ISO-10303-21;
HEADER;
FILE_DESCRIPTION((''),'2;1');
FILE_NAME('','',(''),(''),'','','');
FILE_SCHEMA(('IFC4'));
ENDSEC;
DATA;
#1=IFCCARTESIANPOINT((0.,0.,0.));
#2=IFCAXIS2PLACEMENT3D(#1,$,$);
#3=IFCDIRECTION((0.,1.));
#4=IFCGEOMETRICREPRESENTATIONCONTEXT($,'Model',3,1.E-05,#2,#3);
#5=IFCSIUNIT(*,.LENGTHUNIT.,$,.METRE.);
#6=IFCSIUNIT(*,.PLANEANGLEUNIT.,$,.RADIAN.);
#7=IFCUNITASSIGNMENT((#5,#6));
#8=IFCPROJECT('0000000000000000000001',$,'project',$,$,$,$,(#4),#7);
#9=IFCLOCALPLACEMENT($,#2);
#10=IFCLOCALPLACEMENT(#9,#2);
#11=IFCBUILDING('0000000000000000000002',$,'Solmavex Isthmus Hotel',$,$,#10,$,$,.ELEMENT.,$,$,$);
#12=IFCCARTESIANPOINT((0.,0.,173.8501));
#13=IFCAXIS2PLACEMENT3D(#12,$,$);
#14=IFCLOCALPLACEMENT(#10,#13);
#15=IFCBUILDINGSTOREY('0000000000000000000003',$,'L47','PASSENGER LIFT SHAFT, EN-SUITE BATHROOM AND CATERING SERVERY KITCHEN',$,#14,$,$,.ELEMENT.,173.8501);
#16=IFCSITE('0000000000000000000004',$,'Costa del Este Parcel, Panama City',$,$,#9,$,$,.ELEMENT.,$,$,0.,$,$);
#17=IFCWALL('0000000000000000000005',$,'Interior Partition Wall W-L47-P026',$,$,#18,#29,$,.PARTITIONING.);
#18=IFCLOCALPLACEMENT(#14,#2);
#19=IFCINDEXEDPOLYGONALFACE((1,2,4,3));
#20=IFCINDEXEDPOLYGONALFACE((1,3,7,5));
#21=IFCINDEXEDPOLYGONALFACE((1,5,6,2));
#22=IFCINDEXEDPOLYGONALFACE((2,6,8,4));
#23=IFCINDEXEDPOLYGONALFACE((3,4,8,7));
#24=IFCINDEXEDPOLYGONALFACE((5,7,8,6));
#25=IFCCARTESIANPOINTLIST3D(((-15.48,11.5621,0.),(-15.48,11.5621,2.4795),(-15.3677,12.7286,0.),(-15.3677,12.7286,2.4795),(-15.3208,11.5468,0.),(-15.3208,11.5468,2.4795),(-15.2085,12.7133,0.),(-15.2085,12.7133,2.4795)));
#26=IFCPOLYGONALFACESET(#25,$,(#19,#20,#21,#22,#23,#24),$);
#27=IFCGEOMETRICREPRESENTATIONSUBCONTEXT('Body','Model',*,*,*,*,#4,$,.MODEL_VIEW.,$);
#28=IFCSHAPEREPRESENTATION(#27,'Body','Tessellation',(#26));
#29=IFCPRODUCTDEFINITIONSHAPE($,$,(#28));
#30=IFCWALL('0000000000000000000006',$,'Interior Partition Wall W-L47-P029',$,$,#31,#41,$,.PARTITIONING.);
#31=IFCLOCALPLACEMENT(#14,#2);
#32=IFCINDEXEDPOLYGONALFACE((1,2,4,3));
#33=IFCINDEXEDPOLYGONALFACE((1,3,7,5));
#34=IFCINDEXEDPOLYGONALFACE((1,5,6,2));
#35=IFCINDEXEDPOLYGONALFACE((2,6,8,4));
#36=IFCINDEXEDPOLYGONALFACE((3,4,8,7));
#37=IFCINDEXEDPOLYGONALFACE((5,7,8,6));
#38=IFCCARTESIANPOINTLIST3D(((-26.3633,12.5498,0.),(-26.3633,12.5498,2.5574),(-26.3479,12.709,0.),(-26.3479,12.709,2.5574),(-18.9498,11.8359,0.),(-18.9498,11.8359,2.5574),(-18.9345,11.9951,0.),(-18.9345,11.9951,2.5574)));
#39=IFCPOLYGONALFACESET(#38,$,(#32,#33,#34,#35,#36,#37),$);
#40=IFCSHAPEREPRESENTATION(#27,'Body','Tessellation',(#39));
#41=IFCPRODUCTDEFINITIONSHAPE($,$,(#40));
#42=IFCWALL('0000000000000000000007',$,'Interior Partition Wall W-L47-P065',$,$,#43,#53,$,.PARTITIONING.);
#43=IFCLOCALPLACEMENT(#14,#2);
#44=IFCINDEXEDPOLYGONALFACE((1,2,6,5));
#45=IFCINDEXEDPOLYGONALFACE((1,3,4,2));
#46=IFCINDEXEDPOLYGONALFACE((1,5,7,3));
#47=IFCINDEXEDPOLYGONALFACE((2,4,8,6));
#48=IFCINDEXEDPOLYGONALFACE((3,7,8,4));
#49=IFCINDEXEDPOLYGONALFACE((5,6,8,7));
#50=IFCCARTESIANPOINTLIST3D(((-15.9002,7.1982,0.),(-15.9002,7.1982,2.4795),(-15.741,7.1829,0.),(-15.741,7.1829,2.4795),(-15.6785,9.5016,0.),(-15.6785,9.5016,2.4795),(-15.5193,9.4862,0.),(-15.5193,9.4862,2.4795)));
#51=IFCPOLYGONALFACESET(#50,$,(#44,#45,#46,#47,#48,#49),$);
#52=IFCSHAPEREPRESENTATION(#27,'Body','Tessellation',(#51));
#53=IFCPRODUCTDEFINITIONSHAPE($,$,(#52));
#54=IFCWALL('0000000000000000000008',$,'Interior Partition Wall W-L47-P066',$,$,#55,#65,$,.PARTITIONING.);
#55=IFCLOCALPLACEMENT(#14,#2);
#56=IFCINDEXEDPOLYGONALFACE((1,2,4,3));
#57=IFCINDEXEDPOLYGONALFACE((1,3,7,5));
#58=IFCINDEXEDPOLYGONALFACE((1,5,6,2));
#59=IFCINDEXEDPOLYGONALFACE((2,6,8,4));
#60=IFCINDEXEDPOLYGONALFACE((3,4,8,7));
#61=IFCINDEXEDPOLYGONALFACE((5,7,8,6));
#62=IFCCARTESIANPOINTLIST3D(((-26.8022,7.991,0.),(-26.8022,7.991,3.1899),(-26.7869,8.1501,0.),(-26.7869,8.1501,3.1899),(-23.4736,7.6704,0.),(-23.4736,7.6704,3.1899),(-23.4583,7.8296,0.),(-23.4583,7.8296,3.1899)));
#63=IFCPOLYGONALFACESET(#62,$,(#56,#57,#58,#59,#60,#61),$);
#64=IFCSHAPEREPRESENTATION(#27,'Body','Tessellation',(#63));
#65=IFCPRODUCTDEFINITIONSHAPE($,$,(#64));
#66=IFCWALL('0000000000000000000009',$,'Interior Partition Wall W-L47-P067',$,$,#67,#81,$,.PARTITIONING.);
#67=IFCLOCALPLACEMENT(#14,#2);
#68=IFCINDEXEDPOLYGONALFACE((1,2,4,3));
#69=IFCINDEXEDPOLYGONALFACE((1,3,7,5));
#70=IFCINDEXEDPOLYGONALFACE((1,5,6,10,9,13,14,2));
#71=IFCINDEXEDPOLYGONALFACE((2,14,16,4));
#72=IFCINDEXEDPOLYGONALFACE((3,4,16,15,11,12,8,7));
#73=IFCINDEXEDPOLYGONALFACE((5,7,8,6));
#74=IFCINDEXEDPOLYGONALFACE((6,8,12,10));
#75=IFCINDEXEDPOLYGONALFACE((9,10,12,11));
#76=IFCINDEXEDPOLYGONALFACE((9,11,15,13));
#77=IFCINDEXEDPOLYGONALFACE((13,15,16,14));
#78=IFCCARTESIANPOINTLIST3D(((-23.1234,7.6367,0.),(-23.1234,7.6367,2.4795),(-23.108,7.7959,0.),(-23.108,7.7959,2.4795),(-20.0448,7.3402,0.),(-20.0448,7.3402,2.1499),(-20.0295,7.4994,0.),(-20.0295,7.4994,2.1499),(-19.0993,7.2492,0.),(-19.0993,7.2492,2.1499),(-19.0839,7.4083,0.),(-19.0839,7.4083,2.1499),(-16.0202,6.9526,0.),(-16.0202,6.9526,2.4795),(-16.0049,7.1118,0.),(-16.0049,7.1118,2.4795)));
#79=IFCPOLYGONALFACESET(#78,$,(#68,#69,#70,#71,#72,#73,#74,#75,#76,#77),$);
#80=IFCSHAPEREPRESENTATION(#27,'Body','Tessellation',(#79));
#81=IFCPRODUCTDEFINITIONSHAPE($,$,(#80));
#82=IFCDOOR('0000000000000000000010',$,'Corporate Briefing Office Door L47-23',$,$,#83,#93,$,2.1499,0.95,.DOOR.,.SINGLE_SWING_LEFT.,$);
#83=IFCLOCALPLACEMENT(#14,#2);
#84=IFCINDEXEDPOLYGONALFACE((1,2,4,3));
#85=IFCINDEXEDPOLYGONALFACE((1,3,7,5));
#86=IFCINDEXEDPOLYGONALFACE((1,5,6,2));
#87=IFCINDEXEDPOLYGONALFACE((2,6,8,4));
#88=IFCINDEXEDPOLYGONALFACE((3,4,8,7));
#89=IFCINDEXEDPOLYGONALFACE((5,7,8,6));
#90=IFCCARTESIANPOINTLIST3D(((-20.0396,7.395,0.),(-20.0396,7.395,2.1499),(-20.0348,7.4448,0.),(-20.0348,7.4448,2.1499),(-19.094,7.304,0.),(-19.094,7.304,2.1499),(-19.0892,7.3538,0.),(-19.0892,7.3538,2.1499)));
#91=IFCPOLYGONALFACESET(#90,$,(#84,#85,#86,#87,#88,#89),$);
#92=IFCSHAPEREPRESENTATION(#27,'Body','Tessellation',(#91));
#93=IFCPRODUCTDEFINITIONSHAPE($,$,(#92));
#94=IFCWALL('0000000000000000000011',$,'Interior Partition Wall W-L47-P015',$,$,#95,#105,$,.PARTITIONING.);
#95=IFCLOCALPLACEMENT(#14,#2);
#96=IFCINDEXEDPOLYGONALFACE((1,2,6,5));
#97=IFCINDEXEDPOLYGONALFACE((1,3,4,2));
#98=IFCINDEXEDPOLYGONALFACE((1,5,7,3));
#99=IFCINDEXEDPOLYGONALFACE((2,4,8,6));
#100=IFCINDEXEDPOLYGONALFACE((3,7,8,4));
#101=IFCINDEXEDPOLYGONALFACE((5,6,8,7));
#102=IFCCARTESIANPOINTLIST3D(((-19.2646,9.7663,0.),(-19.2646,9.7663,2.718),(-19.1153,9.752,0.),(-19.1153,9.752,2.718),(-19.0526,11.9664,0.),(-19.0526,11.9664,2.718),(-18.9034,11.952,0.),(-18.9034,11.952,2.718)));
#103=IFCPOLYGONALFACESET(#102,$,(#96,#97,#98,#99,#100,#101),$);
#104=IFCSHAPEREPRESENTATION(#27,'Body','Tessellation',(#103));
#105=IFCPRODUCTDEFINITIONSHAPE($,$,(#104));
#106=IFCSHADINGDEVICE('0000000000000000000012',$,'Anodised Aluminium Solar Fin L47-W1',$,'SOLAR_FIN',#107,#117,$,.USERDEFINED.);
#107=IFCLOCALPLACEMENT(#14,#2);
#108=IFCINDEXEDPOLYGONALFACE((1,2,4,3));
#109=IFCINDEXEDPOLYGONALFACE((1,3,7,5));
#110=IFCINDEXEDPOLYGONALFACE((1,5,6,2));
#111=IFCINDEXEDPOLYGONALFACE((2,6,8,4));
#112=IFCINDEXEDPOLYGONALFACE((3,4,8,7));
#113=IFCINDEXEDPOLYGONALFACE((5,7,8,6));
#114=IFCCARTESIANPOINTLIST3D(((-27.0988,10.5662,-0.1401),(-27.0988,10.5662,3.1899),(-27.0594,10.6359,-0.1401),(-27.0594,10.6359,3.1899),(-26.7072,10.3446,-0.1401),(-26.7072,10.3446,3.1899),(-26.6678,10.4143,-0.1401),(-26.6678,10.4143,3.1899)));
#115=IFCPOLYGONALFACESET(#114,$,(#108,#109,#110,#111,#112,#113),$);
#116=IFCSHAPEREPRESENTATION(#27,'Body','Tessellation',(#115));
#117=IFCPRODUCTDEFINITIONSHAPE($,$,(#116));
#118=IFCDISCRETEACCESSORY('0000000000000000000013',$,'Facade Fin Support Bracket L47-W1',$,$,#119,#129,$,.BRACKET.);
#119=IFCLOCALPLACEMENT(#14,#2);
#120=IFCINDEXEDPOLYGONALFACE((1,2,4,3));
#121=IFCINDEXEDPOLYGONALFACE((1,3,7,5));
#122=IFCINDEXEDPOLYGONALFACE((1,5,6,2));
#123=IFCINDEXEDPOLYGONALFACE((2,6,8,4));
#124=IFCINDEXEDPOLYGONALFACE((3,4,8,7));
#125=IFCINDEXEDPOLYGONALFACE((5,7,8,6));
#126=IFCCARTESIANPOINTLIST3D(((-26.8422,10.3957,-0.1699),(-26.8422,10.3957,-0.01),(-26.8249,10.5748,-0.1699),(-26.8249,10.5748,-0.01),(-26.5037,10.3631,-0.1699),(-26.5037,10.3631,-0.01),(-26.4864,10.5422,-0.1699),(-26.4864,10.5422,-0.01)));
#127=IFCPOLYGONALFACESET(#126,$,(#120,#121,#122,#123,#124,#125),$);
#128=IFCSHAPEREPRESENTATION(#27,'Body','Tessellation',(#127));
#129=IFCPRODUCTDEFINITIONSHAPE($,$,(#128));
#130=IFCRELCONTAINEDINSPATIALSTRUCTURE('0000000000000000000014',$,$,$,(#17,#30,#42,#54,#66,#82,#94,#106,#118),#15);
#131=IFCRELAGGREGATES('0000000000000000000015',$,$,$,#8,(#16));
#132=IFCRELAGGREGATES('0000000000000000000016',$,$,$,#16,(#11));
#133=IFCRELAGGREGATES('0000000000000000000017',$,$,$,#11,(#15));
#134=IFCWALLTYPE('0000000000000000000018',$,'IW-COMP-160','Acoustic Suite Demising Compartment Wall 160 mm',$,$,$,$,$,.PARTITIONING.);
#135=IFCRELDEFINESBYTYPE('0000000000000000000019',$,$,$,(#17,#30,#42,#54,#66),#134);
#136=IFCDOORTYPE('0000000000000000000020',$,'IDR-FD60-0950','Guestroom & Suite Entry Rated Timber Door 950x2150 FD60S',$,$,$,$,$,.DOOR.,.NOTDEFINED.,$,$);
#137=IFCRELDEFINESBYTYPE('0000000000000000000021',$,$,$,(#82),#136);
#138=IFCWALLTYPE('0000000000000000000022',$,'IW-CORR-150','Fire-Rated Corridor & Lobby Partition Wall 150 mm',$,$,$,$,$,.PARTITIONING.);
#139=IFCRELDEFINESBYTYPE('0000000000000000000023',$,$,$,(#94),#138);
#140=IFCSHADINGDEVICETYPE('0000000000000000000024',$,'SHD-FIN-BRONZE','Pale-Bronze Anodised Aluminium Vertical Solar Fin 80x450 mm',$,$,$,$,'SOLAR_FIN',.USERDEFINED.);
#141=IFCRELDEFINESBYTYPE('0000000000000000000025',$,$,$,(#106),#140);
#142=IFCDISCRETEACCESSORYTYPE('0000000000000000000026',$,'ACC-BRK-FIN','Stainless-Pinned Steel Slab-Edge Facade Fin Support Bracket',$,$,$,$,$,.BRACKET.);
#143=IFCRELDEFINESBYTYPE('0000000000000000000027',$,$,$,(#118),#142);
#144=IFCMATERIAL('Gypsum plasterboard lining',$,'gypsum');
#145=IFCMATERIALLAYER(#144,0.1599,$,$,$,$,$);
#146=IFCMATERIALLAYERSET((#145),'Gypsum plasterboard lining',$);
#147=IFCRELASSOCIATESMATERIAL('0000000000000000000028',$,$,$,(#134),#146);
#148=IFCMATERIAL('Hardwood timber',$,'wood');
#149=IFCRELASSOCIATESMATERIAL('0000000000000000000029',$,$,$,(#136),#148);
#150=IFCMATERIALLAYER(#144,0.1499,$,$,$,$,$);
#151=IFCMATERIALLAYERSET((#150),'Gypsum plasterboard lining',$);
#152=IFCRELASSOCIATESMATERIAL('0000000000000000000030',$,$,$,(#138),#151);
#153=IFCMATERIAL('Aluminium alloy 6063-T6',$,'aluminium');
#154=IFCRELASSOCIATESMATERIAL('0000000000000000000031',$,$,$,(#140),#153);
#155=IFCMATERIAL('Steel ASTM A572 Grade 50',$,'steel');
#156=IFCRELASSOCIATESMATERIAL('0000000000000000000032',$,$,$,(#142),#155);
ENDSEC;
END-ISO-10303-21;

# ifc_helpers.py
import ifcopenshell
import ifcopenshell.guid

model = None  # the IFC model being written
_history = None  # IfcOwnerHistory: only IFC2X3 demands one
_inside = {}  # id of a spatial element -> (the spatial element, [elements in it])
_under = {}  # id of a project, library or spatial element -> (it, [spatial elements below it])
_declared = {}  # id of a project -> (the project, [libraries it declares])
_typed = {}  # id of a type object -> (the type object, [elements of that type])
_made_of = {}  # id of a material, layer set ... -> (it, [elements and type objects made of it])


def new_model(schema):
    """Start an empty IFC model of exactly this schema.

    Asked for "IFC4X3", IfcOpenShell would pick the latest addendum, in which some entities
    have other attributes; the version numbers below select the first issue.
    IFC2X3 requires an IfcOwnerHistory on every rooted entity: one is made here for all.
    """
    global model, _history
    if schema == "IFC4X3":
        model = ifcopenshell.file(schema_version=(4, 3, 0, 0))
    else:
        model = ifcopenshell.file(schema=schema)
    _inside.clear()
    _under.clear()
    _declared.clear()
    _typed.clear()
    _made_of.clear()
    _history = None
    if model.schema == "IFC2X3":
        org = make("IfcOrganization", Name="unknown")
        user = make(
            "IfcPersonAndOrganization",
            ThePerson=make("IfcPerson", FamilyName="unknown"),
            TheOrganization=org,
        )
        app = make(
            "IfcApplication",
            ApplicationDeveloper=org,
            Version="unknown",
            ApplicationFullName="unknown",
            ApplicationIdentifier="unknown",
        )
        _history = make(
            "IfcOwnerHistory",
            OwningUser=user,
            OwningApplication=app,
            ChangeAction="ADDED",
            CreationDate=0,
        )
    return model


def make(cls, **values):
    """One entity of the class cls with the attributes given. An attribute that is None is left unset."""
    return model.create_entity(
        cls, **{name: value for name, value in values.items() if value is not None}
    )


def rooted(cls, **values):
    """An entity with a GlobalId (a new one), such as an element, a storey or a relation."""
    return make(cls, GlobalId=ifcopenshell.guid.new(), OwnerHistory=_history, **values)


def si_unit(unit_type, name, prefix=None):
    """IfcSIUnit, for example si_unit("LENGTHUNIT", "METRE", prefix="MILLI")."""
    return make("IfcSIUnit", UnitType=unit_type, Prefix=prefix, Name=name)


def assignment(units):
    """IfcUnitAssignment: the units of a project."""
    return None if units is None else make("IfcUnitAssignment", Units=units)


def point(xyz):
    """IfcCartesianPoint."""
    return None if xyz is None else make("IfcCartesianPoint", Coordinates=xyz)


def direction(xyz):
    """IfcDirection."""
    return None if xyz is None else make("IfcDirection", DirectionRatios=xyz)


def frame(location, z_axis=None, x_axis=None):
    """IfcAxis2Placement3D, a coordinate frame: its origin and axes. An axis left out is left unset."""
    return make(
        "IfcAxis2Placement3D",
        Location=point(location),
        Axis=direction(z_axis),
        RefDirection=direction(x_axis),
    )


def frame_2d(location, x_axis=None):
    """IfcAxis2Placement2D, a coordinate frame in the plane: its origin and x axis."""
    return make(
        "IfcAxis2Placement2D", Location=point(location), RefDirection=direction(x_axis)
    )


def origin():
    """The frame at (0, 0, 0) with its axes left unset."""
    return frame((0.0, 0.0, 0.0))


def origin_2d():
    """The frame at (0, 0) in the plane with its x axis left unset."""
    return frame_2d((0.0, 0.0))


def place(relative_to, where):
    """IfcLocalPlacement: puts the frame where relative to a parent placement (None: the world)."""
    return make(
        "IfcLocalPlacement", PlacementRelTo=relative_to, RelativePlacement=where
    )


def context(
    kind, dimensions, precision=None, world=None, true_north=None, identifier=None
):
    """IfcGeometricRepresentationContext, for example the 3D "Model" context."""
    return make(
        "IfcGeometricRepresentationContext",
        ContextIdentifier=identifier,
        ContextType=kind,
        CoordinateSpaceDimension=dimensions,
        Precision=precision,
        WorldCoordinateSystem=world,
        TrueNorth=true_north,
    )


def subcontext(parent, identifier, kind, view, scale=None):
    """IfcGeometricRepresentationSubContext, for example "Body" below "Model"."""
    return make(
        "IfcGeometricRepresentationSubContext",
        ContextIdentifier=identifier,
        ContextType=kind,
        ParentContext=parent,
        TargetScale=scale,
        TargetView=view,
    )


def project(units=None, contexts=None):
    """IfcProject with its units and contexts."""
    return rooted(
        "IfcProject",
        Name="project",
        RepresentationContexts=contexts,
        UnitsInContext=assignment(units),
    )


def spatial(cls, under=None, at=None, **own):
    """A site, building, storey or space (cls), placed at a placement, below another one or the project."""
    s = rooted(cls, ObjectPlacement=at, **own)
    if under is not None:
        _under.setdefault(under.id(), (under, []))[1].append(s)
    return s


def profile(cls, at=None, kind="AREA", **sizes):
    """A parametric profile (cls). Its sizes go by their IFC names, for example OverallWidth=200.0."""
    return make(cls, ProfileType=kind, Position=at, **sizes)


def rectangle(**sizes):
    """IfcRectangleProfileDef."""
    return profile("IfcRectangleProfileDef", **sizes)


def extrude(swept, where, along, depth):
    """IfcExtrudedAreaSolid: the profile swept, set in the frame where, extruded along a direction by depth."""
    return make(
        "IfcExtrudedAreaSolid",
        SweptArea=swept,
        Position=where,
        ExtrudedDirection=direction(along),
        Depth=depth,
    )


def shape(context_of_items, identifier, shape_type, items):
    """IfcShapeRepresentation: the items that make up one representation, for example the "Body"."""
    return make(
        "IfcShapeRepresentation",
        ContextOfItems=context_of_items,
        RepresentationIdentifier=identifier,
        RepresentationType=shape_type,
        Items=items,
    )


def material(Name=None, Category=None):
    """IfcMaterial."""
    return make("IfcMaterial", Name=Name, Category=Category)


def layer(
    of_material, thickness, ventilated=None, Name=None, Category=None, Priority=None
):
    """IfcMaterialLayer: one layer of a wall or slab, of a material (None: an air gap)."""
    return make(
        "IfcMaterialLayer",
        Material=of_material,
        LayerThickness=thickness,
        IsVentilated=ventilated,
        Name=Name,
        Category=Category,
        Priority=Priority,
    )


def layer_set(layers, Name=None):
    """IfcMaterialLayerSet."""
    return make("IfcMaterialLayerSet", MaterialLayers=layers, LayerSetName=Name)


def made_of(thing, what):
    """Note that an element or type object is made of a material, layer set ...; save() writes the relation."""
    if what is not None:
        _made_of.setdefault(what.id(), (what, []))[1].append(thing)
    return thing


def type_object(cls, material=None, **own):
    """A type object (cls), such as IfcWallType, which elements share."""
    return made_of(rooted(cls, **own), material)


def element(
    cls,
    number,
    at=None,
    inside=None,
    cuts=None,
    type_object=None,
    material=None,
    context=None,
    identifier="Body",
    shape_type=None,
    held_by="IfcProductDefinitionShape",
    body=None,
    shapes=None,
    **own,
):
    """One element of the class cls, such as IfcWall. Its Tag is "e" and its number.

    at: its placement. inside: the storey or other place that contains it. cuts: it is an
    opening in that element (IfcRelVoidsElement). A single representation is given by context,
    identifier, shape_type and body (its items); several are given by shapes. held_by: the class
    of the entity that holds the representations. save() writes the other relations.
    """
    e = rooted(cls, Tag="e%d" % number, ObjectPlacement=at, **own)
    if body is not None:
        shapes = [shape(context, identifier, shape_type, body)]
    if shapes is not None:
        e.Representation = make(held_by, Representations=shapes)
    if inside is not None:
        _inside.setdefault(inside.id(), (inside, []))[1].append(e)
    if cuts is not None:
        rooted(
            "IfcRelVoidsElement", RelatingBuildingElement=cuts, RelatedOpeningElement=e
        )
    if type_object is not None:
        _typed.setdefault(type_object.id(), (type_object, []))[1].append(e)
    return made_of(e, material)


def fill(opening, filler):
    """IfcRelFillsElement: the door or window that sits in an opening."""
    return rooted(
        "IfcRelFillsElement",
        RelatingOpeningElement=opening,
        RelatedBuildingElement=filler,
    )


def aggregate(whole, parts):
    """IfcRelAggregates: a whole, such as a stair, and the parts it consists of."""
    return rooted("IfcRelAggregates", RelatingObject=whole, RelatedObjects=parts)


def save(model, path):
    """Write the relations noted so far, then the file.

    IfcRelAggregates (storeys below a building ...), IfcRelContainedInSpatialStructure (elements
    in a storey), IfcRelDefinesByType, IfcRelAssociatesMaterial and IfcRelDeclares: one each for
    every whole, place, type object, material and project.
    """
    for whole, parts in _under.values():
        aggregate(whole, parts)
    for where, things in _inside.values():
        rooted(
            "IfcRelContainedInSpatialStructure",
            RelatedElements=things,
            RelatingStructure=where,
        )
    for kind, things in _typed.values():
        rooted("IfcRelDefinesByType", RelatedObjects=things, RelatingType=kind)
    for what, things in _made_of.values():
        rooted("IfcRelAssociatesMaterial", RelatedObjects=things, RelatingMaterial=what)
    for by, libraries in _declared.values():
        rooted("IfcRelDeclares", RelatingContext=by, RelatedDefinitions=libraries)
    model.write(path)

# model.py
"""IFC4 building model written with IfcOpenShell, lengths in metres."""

from ifc_helpers import new_model, si_unit, direction, frame, frame_2d, origin, origin_2d, place, context, subcontext, project, spatial, rectangle, extrude, material, layer, layer_set, type_object, element, fill, save


model = new_model("IFC4")

# Units and contexts
model_context = context("Model", 3, precision=1e-05, world=origin(), true_north=direction((0.0, 1.0)))
body_context = subcontext(model_context, "Body", "Model", "MODEL_VIEW")
ifc_project = project(units=[si_unit("LENGTHUNIT", "METRE"), si_unit("PLANEANGLEUNIT", "RADIAN")], contexts=[model_context])

# Site, building, storey
site_placement = place(None, origin())
site = spatial("IfcSite", under=ifc_project, at=site_placement, Name="Costa del Este Parcel, Panama City", CompositionType="ELEMENT", RefElevation=0.0)
building_placement = place(site_placement, origin())
building = spatial("IfcBuilding", under=site, at=building_placement, Name="Solmavex Isthmus Hotel", CompositionType="ELEMENT")
storey_placement = place(building_placement, frame((0.0, 0.0, 173.8501)))
storey = spatial("IfcBuildingStorey", under=building, at=storey_placement, Name="L47", Description="PASSENGER LIFT SHAFT, EN-SUITE BATHROOM AND CATERING SERVERY KITCHEN", CompositionType="ELEMENT", Elevation=173.8501)

# Shared definitions
ifc_material_1 = material(Name="Aluminium alloy 6063-T6", Category="aluminium")

# Walls
ifc_material_2 = material(Name="Gypsum plasterboard lining", Category="gypsum")
ifc_layer_1 = layer(ifc_material_2, 0.1599)
ifc_layer_set_1 = layer_set([ifc_layer_1], Name="Gypsum plasterboard lining")
wall_type_1 = type_object("IfcWallType", Name="IW-COMP-160", Description="Acoustic Suite Demising Compartment Wall 160 mm", PredefinedType="PARTITIONING", material=ifc_layer_set_1)
wall_1_placement = place(storey_placement, frame((-15.2881, 12.7209, 0.0), z_axis=(0.0, 0.0, 1.0), x_axis=(-0.095831, -0.995398, 0.0)))
element("IfcWall", 1, at=wall_1_placement, inside=storey, type_object=wall_type_1, Name="Interior Partition Wall W-L47-P026", PredefinedType="PARTITIONING", context=body_context, shape_type="SweptSolid", body=[
    extrude(rectangle(XDim=1.1719, YDim=0.1599, at=frame_2d((0.5859, 0.0))), origin(), (0.0, 0.0, 1.0), 2.4795),
])
wall_2_placement = place(storey_placement, frame((-18.9421, 11.9155, 0.0), z_axis=(0.0, 0.0, 1.0), x_axis=(-0.995396, 0.095849, 0.0)))
element("IfcWall", 2, at=wall_2_placement, inside=storey, type_object=wall_type_1, Name="Interior Partition Wall W-L47-P029", PredefinedType="PARTITIONING", context=body_context, shape_type="SweptSolid", body=[
    extrude(rectangle(XDim=7.4478, YDim=0.1599, at=frame_2d((3.7239, 0.0))), origin(), (0.0, 0.0, 1.0), 2.5574),
])
wall_3_placement = place(storey_placement, frame((-15.5989, 9.4939, 0.0), z_axis=(0.0, 0.0, 1.0), x_axis=(-0.095805, -0.9954, 0.0)))
element("IfcWall", 3, at=wall_3_placement, inside=storey, type_object=wall_type_1, Name="Interior Partition Wall W-L47-P065", PredefinedType="PARTITIONING", context=body_context, shape_type="SweptSolid", body=[
    extrude(rectangle(XDim=2.314, YDim=0.1599, at=frame_2d((1.157, 0.0))), origin(), (0.0, 0.0, 1.0), 2.4795),
])
wall_4_placement = place(storey_placement, frame((-23.4661, 7.75, 0.0), z_axis=(0.0, 0.0, 1.0), x_axis=(-0.995395, 0.09586, 0.0)))
element("IfcWall", 4, at=wall_4_placement, inside=storey, type_object=wall_type_1, Name="Interior Partition Wall W-L47-P066", PredefinedType="PARTITIONING", context=body_context, shape_type="SweptSolid", body=[
    extrude(rectangle(XDim=3.344, YDim=0.1599, at=frame_2d((1.6719, 0.0))), origin(), (0.0, 0.0, 1.0), 3.1899),
])

# Wall, opening, door
wall_5_placement = place(storey_placement, frame((-16.0127, 7.0322, 0.0), z_axis=(0.0, 0.0, 1.0), x_axis=(-0.995394, 0.095865, 0.0)))
wall_5 = element("IfcWall", 5, at=wall_5_placement, inside=storey, type_object=wall_type_1, Name="Interior Partition Wall W-L47-P067", PredefinedType="PARTITIONING", context=body_context, shape_type="SweptSolid", body=[
    extrude(rectangle(XDim=7.136, YDim=0.1599, at=frame_2d((3.5679, 0.0))), origin(), (0.0, 0.0, 1.0), 2.4795),
])
opening_1_placement = place(wall_5_placement, frame((3.093, 0.0, 0.0)))
opening_1 = element("IfcOpeningElement", 6, at=opening_1_placement, cuts=wall_5, PredefinedType="OPENING", context=body_context, shape_type="SweptSolid", body=[
    extrude(rectangle(XDim=0.95, YDim=2.1499, at=frame_2d((0.4751, 1.075))), frame((0.0, 0.0898, 0.0), z_axis=(0.0, -1.0, 0.0), x_axis=(1.0, 0.0, 0.0)), (0.0, 0.0, 1.0), 0.1799),
])
ifc_material_3 = material(Name="Hardwood timber", Category="wood")
door_type = type_object("IfcDoorType", Name="IDR-FD60-0950", Description="Guestroom & Suite Entry Rated Timber Door 950x2150 FD60S", OperationType="NOTDEFINED", PredefinedType="DOOR", material=ifc_material_3)
door_1_placement = place(opening_1_placement, origin())
door_1 = element("IfcDoor", 7, at=door_1_placement, inside=storey, type_object=door_type, Name="Corporate Briefing Office Door L47-23", OperationType="SINGLE_SWING_LEFT", OverallHeight=2.1499, OverallWidth=0.95, PredefinedType="DOOR", context=body_context, shape_type="SweptSolid", body=[
    extrude(rectangle(XDim=0.95, YDim=2.1499, at=frame_2d((0.4751, 1.075))), frame((0.0, 0.0249, 0.0), z_axis=(0.0, -1.0, 0.0), x_axis=(1.0, 0.0, 0.0)), (0.0, 0.0, 1.0), 0.05),
])
fill(opening_1, door_1)
ifc_layer_2 = layer(ifc_material_2, 0.1499)
ifc_layer_set_2 = layer_set([ifc_layer_2], Name="Gypsum plasterboard lining")
wall_type_2 = type_object("IfcWallType", Name="IW-CORR-150", Description="Fire-Rated Corridor & Lobby Partition Wall 150 mm", PredefinedType="PARTITIONING", material=ifc_layer_set_2)

# Wall
wall_6_placement = place(storey_placement, frame((-19.1899, 9.7593, 0.0), z_axis=(0.0, 0.0, 1.0), x_axis=(0.095883, 0.995393, 0.0)))
element("IfcWall", 8, at=wall_6_placement, inside=storey, type_object=wall_type_2, Name="Interior Partition Wall W-L47-P015", PredefinedType="PARTITIONING", context=body_context, shape_type="SweptSolid", body=[
    extrude(rectangle(XDim=2.2102, YDim=0.1499, at=frame_2d((1.105, 0.0))), origin(), (0.0, 0.0, 1.0), 2.718),
])

# Shading device
shading_device_type = type_object("IfcShadingDeviceType", Name="SHD-FIN-BRONZE", Description="Pale-Bronze Anodised Aluminium Vertical Solar Fin 80x450 mm", ElementType="SOLAR_FIN", PredefinedType="USERDEFINED", material=ifc_material_1)
shading_device_placement = place(storey_placement, frame((-26.8833, 10.4902, -0.1401), z_axis=(0.0, 0.0, 1.0), x_axis=(-0.870356, 0.492424, 0.0)))
element("IfcShadingDevice", 9, at=shading_device_placement, inside=storey, type_object=shading_device_type, Name="Anodised Aluminium Solar Fin L47-W1", ObjectType="SOLAR_FIN", PredefinedType="USERDEFINED", context=body_context, shape_type="SweptSolid", body=[
    extrude(rectangle(XDim=0.45, YDim=0.0801, at=origin_2d()), origin(), (0.0, 0.0, 1.0), 3.3301),
])

# Discrete accessory
ifc_material_4 = material(Name="Steel ASTM A572 Grade 50", Category="steel")
discrete_accessory_type = type_object("IfcDiscreteAccessoryType", Name="ACC-BRK-FIN", Description="Stainless-Pinned Steel Slab-Edge Facade Fin Support Bracket", PredefinedType="BRACKET", material=ifc_material_4)
discrete_accessory_placement = place(storey_placement, frame((-26.6643, 10.469, -0.1699), z_axis=(0.0, 0.0, 1.0), x_axis=(-0.995396, 0.095846, 0.0)))
element("IfcDiscreteAccessory", 10, at=discrete_accessory_placement, inside=storey, type_object=discrete_accessory_type, Name="Facade Fin Support Bracket L47-W1", PredefinedType="BRACKET", context=body_context, shape_type="SweptSolid", body=[
    extrude(rectangle(XDim=0.3401, YDim=0.1799, at=origin_2d()), origin(), (0.0, 0.0, 1.0), 0.1599),
])

save(model, "model.ifc")
